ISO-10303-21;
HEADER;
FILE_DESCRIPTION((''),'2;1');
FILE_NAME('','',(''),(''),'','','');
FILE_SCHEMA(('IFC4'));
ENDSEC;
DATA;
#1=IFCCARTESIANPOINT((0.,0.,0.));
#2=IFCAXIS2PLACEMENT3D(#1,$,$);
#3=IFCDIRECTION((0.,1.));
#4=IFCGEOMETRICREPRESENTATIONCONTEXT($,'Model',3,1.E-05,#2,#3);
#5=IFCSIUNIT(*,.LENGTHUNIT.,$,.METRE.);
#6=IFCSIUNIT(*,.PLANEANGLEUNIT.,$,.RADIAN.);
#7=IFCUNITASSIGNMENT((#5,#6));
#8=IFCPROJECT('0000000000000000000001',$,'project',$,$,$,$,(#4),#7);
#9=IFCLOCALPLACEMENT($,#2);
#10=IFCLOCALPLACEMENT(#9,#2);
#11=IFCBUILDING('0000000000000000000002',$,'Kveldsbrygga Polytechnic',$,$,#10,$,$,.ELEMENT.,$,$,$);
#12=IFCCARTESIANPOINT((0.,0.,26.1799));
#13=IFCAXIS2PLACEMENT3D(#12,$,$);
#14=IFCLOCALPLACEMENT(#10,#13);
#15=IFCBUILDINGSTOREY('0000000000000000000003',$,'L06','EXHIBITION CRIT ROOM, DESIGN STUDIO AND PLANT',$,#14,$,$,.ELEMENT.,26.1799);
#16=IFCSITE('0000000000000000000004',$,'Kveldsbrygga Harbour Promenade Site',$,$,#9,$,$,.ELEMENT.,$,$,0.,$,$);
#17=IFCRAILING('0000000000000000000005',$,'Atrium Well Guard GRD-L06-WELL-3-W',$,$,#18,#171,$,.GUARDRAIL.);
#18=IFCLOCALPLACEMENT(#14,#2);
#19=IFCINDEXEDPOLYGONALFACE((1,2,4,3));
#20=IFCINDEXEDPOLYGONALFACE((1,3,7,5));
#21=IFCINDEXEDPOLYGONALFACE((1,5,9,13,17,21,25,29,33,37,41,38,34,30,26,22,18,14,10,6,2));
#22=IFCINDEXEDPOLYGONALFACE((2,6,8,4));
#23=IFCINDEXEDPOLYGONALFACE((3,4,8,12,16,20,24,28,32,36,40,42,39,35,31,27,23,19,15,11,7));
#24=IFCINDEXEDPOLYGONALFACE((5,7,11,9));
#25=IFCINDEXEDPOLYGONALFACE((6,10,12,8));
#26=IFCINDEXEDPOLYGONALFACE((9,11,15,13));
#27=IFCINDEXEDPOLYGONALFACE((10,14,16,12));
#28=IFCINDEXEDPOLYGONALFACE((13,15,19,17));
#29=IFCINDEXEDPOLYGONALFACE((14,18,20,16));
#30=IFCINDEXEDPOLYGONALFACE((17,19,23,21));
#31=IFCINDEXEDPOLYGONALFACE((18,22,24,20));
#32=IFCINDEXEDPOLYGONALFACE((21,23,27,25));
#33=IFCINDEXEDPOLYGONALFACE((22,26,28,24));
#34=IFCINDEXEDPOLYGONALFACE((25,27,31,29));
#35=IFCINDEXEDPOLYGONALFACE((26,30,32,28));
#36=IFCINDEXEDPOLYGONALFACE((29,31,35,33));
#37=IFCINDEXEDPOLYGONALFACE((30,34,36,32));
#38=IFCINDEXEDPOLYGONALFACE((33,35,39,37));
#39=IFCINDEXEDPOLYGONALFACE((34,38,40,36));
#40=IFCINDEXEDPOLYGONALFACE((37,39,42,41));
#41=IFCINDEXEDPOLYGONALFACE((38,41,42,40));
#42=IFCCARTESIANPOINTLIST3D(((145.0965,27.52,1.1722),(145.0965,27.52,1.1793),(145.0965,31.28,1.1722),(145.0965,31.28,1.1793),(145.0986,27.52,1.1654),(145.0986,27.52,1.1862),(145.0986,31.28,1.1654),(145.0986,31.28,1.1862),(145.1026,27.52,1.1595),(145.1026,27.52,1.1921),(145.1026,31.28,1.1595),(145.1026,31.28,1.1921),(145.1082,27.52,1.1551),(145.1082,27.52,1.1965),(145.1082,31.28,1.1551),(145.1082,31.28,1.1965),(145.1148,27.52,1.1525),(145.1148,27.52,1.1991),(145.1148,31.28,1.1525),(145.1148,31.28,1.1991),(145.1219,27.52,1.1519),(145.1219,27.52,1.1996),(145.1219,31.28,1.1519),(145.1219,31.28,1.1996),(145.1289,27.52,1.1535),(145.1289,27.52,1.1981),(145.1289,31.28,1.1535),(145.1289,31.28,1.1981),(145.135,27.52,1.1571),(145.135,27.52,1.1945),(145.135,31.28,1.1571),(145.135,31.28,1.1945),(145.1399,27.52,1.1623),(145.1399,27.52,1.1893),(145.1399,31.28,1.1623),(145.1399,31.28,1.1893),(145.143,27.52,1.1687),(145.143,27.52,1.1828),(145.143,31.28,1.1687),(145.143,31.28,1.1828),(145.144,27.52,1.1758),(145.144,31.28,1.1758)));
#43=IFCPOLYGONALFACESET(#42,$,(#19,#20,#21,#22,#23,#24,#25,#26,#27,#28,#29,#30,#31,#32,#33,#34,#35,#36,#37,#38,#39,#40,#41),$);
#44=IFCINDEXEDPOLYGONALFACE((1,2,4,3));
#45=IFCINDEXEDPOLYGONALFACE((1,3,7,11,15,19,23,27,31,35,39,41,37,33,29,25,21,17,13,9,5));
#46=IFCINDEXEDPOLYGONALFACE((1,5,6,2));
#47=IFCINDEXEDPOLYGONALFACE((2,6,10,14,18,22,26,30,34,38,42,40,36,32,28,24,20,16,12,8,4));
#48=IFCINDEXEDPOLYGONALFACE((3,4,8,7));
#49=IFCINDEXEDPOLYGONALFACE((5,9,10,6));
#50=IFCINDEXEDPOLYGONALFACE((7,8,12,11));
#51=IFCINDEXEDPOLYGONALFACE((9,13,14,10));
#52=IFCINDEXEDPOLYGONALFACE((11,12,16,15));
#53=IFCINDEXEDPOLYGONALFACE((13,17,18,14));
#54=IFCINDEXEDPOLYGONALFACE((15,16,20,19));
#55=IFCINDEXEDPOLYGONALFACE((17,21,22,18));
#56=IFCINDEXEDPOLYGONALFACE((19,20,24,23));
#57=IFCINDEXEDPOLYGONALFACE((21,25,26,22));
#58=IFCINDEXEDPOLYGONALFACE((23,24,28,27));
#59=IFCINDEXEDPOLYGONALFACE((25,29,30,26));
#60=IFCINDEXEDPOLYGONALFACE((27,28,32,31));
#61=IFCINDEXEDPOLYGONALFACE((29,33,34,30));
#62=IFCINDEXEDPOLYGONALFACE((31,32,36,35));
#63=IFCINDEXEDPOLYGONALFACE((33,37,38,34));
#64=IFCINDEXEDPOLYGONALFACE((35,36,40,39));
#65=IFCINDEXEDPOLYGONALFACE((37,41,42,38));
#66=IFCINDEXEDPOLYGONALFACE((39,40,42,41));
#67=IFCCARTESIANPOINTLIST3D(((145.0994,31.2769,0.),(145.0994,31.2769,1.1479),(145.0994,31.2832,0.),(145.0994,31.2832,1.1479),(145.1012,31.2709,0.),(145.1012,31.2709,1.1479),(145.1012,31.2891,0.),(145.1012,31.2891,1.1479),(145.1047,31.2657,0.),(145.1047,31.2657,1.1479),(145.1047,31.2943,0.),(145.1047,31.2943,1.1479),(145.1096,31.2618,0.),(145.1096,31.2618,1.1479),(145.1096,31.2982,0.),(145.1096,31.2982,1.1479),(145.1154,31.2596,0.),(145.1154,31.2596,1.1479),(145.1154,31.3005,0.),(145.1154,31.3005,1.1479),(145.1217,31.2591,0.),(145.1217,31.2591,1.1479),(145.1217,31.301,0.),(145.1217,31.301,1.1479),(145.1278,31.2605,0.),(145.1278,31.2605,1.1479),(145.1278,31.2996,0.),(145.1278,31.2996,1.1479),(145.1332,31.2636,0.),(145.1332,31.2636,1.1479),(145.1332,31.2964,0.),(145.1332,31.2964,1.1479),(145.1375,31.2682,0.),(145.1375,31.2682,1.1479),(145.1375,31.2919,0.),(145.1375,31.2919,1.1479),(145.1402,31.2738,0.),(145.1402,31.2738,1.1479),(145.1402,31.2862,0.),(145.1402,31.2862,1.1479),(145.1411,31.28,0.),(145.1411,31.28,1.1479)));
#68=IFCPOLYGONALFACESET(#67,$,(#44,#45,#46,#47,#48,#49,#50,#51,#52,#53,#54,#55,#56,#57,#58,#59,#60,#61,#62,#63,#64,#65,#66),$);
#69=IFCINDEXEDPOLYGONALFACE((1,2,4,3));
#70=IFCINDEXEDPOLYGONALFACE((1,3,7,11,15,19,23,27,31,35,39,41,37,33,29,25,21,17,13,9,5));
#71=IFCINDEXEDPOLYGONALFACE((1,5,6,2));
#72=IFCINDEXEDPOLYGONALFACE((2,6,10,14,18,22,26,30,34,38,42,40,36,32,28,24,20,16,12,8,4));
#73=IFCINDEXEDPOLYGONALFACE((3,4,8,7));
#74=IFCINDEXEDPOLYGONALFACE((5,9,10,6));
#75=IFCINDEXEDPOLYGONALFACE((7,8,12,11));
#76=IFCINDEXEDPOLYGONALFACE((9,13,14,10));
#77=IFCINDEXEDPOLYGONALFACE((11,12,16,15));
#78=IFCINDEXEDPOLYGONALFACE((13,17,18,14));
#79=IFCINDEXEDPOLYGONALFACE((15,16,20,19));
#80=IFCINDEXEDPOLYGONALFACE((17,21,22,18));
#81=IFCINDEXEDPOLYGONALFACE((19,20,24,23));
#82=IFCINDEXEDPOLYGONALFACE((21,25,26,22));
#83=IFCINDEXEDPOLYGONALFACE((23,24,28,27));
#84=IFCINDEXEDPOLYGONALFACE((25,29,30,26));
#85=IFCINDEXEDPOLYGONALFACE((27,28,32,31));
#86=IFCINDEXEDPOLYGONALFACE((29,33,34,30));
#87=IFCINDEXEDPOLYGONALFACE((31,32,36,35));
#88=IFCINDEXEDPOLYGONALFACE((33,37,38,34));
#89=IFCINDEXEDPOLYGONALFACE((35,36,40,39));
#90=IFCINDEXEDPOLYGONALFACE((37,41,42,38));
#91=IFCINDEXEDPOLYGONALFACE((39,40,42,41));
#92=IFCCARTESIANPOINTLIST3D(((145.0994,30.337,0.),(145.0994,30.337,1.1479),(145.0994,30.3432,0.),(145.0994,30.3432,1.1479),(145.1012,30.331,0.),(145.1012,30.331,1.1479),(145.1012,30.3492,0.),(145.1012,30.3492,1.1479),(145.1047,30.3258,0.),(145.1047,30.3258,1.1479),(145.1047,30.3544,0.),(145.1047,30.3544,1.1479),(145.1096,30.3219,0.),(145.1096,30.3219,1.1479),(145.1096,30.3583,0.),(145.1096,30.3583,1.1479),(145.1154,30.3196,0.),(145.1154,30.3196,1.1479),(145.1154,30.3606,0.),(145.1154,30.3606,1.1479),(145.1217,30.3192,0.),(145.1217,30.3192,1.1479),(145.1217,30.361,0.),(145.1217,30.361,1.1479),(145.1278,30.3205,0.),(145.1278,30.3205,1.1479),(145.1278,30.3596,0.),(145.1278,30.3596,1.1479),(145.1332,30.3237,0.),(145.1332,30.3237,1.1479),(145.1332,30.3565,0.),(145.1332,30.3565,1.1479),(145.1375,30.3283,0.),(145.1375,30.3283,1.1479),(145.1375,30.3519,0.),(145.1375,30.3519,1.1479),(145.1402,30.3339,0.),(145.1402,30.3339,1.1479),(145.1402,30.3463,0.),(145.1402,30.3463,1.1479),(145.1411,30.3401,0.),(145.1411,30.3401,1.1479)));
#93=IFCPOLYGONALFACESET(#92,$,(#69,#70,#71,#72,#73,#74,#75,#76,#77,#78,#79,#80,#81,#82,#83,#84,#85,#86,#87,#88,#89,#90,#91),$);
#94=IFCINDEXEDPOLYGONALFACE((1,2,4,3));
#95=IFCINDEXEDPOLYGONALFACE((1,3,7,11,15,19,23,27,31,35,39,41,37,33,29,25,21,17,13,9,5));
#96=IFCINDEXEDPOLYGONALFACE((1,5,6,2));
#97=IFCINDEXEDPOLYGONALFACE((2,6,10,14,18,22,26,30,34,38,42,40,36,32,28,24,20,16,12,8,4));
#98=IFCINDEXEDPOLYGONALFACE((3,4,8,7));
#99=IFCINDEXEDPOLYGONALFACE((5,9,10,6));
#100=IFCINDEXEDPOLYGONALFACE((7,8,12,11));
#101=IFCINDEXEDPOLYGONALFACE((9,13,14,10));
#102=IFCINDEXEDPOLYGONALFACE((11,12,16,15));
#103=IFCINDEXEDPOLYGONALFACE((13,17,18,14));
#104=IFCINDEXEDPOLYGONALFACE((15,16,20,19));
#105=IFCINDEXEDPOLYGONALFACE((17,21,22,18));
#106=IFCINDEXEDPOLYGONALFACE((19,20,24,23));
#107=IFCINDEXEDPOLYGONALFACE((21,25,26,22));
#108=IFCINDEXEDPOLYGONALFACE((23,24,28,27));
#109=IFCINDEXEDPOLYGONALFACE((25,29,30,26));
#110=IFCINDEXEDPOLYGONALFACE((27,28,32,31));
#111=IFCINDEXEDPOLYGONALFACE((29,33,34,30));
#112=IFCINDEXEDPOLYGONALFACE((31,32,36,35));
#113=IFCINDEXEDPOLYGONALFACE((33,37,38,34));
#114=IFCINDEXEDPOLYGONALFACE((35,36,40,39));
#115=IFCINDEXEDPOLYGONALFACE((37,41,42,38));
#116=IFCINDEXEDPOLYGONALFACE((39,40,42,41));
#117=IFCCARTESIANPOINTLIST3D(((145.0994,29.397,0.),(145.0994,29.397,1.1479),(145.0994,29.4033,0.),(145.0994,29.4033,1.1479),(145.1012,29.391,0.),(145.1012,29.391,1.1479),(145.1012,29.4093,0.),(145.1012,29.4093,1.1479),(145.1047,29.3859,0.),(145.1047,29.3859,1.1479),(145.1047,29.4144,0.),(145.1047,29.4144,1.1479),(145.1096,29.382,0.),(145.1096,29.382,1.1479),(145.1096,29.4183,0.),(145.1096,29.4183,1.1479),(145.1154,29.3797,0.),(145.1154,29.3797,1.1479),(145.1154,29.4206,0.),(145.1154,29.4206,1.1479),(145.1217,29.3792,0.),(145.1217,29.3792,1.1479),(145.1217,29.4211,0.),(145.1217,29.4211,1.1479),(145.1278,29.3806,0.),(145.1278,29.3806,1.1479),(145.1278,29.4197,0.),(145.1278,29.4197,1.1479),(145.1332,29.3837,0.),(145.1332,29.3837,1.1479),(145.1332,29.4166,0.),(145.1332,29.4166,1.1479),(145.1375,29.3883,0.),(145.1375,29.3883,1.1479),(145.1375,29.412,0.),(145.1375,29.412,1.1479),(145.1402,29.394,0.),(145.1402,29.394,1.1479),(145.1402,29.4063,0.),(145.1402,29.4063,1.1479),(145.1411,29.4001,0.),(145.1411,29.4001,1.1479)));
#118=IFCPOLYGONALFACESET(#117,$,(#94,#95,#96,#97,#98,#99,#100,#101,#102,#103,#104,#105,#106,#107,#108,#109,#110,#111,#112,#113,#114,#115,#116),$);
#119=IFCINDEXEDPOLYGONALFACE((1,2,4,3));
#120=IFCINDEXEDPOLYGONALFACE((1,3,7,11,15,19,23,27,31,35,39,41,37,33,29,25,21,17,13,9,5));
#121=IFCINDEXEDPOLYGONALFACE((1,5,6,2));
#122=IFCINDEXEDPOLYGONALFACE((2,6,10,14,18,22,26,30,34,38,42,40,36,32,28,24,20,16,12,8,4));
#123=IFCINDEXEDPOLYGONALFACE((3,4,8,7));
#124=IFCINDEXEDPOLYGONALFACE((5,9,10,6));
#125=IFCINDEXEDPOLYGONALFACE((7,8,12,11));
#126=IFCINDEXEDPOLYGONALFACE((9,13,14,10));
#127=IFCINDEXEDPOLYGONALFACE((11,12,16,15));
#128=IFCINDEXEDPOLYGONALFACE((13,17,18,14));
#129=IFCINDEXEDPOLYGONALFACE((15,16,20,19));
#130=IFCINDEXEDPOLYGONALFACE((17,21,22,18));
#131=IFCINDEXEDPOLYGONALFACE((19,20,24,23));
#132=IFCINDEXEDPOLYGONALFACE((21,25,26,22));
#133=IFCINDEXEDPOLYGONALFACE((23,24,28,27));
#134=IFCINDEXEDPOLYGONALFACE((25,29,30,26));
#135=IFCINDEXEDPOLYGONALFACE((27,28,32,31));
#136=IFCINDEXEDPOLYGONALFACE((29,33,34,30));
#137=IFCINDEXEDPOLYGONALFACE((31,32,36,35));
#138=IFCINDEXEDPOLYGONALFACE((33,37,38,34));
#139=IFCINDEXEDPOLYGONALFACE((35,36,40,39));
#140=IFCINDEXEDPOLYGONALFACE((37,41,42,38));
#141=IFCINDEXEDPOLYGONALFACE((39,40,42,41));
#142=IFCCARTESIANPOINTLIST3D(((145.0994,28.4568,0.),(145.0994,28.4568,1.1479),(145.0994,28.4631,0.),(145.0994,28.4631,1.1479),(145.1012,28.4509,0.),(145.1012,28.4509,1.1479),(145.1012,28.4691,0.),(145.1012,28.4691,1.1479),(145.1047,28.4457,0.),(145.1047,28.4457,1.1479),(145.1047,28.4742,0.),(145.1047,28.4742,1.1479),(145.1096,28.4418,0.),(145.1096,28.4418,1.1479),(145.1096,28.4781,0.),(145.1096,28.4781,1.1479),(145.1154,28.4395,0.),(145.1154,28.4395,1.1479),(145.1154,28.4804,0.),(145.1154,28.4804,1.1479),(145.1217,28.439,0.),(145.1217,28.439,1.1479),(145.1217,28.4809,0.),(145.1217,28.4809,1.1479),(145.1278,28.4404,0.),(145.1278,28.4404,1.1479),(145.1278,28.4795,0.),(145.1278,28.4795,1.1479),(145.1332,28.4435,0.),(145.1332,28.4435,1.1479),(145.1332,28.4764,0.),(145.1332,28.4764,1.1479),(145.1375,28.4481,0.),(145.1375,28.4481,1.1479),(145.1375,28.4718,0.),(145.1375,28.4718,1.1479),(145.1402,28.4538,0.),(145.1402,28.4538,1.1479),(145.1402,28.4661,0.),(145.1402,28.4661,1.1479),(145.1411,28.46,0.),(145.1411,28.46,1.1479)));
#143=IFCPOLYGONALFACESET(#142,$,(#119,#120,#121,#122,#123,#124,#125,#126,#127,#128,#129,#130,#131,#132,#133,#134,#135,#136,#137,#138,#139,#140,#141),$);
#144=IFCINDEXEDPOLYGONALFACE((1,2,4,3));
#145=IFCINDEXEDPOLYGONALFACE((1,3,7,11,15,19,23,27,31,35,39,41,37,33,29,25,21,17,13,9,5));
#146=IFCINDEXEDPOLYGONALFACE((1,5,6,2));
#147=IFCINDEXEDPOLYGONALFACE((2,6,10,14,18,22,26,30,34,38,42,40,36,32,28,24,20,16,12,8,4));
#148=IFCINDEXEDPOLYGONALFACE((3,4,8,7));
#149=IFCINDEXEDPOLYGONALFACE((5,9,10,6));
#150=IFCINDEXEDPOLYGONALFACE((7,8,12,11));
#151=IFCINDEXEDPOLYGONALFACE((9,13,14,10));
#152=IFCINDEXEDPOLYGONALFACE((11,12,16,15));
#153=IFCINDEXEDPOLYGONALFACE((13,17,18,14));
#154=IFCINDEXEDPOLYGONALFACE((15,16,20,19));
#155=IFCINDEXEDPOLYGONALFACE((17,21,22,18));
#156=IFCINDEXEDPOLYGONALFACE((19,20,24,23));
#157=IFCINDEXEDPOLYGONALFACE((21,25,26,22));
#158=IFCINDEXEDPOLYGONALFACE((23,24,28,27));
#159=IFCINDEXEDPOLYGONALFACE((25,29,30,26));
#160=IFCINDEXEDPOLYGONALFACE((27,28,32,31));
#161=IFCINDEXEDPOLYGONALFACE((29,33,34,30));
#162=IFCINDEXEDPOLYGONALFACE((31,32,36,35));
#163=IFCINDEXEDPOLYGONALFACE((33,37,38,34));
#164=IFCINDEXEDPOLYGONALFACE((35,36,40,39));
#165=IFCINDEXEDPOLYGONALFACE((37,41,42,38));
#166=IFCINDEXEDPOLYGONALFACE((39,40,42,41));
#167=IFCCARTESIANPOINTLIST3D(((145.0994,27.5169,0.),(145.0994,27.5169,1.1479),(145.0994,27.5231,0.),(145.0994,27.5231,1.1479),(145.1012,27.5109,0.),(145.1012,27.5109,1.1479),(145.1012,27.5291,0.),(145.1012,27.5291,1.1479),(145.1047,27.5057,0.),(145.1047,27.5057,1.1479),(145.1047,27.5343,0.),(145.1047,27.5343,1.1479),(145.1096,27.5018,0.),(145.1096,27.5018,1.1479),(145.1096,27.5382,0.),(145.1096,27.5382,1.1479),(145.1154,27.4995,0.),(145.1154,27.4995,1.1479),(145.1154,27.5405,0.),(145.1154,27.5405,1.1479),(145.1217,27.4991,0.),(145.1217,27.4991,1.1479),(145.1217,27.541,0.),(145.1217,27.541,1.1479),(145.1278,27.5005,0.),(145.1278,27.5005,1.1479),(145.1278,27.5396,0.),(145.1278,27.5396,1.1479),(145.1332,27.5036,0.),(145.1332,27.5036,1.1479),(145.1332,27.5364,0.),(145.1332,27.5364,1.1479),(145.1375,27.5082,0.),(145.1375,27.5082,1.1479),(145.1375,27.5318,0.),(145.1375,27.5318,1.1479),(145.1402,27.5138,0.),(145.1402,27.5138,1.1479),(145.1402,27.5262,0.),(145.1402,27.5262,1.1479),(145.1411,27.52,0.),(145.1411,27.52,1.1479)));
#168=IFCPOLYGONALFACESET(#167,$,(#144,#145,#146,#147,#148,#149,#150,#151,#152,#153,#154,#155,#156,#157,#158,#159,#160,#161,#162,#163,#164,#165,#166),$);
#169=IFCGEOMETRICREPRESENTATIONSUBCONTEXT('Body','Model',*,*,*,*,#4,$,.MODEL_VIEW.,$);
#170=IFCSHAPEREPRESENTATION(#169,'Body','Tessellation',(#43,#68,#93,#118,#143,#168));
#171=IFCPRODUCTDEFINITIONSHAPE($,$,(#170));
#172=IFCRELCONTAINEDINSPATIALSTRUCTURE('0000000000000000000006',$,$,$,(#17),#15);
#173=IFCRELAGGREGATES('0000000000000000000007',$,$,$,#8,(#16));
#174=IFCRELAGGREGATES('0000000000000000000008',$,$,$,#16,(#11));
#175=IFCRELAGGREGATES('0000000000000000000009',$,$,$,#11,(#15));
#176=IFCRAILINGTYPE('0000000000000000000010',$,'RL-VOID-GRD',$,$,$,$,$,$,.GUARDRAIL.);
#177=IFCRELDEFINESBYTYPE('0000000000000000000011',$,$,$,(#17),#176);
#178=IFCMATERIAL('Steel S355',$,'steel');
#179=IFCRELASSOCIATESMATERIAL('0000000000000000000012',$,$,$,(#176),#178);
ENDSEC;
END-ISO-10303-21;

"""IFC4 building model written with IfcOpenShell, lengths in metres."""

from ifc_helpers import new_model, si_unit, direction, frame, origin, origin_2d, place, context, subcontext, project, spatial, circle, extrude, material, type_object, element, save


model = new_model("IFC4")

# Units and contexts
model_context = context("Model", 3, precision=1e-05, world=origin(), true_north=direction((0.0, 1.0)))
body_context = subcontext(model_context, "Body", "Model", "MODEL_VIEW")
ifc_project = project(units=[si_unit("LENGTHUNIT", "METRE"), si_unit("PLANEANGLEUNIT", "RADIAN")], contexts=[model_context])

# Site, building, storey
site_placement = place(None, origin())
site = spatial("IfcSite", under=ifc_project, at=site_placement, Name="Kveldsbrygga Harbour Promenade Site", CompositionType="ELEMENT", RefElevation=0.0)
building_placement = place(site_placement, origin())
building = spatial("IfcBuilding", under=site, at=building_placement, Name="Kveldsbrygga Polytechnic", CompositionType="ELEMENT")
storey_placement = place(building_placement, frame((0.0, 0.0, 26.1799)))
storey = spatial("IfcBuildingStorey", under=building, at=storey_placement, Name="L06", Description="EXHIBITION CRIT ROOM, DESIGN STUDIO AND PLANT", CompositionType="ELEMENT", Elevation=26.1799)

# Shared definitions
ifc_material_1 = material(Name="Steel S355", Category="steel")

# Railing
railing_type = type_object("IfcRailingType", Name="RL-VOID-GRD", PredefinedType="GUARDRAIL", material=ifc_material_1)
railing_1_placement = place(storey_placement, frame((145.1201, 31.28, 0.0)))
element("IfcRailing", 1, at=railing_1_placement, inside=storey, type_object=railing_type, Name="Atrium Well Guard GRD-L06-WELL-3-W", PredefinedType="GUARDRAIL", context=body_context, shape_type="SweptSolid", body=[
    extrude(circle(Radius=0.0239, at=origin_2d()), frame((0.0, 0.0, 1.1758), z_axis=(0.0, -1.0, 0.0), x_axis=(1.0, 0.0, 0.0)), (0.0, 0.0, 1.0), 3.76),
    extrude(circle(Radius=0.021, at=origin_2d()), origin(), (0.0, 0.0, 1.0), 1.1479),
    extrude(circle(Radius=0.021, at=origin_2d()), frame((0.0, -0.9399, 0.0)), (0.0, 0.0, 1.0), 1.1479),
    extrude(circle(Radius=0.021, at=origin_2d()), frame((0.0, -1.8799, 0.0)), (0.0, 0.0, 1.0), 1.1479),
    extrude(circle(Radius=0.021, at=origin_2d()), frame((0.0, -2.8201, 0.0)), (0.0, 0.0, 1.0), 1.1479),
    extrude(circle(Radius=0.021, at=origin_2d()), frame((0.0, -3.76, 0.0)), (0.0, 0.0, 1.0), 1.1479),
])

save(model, "model.ifc")
